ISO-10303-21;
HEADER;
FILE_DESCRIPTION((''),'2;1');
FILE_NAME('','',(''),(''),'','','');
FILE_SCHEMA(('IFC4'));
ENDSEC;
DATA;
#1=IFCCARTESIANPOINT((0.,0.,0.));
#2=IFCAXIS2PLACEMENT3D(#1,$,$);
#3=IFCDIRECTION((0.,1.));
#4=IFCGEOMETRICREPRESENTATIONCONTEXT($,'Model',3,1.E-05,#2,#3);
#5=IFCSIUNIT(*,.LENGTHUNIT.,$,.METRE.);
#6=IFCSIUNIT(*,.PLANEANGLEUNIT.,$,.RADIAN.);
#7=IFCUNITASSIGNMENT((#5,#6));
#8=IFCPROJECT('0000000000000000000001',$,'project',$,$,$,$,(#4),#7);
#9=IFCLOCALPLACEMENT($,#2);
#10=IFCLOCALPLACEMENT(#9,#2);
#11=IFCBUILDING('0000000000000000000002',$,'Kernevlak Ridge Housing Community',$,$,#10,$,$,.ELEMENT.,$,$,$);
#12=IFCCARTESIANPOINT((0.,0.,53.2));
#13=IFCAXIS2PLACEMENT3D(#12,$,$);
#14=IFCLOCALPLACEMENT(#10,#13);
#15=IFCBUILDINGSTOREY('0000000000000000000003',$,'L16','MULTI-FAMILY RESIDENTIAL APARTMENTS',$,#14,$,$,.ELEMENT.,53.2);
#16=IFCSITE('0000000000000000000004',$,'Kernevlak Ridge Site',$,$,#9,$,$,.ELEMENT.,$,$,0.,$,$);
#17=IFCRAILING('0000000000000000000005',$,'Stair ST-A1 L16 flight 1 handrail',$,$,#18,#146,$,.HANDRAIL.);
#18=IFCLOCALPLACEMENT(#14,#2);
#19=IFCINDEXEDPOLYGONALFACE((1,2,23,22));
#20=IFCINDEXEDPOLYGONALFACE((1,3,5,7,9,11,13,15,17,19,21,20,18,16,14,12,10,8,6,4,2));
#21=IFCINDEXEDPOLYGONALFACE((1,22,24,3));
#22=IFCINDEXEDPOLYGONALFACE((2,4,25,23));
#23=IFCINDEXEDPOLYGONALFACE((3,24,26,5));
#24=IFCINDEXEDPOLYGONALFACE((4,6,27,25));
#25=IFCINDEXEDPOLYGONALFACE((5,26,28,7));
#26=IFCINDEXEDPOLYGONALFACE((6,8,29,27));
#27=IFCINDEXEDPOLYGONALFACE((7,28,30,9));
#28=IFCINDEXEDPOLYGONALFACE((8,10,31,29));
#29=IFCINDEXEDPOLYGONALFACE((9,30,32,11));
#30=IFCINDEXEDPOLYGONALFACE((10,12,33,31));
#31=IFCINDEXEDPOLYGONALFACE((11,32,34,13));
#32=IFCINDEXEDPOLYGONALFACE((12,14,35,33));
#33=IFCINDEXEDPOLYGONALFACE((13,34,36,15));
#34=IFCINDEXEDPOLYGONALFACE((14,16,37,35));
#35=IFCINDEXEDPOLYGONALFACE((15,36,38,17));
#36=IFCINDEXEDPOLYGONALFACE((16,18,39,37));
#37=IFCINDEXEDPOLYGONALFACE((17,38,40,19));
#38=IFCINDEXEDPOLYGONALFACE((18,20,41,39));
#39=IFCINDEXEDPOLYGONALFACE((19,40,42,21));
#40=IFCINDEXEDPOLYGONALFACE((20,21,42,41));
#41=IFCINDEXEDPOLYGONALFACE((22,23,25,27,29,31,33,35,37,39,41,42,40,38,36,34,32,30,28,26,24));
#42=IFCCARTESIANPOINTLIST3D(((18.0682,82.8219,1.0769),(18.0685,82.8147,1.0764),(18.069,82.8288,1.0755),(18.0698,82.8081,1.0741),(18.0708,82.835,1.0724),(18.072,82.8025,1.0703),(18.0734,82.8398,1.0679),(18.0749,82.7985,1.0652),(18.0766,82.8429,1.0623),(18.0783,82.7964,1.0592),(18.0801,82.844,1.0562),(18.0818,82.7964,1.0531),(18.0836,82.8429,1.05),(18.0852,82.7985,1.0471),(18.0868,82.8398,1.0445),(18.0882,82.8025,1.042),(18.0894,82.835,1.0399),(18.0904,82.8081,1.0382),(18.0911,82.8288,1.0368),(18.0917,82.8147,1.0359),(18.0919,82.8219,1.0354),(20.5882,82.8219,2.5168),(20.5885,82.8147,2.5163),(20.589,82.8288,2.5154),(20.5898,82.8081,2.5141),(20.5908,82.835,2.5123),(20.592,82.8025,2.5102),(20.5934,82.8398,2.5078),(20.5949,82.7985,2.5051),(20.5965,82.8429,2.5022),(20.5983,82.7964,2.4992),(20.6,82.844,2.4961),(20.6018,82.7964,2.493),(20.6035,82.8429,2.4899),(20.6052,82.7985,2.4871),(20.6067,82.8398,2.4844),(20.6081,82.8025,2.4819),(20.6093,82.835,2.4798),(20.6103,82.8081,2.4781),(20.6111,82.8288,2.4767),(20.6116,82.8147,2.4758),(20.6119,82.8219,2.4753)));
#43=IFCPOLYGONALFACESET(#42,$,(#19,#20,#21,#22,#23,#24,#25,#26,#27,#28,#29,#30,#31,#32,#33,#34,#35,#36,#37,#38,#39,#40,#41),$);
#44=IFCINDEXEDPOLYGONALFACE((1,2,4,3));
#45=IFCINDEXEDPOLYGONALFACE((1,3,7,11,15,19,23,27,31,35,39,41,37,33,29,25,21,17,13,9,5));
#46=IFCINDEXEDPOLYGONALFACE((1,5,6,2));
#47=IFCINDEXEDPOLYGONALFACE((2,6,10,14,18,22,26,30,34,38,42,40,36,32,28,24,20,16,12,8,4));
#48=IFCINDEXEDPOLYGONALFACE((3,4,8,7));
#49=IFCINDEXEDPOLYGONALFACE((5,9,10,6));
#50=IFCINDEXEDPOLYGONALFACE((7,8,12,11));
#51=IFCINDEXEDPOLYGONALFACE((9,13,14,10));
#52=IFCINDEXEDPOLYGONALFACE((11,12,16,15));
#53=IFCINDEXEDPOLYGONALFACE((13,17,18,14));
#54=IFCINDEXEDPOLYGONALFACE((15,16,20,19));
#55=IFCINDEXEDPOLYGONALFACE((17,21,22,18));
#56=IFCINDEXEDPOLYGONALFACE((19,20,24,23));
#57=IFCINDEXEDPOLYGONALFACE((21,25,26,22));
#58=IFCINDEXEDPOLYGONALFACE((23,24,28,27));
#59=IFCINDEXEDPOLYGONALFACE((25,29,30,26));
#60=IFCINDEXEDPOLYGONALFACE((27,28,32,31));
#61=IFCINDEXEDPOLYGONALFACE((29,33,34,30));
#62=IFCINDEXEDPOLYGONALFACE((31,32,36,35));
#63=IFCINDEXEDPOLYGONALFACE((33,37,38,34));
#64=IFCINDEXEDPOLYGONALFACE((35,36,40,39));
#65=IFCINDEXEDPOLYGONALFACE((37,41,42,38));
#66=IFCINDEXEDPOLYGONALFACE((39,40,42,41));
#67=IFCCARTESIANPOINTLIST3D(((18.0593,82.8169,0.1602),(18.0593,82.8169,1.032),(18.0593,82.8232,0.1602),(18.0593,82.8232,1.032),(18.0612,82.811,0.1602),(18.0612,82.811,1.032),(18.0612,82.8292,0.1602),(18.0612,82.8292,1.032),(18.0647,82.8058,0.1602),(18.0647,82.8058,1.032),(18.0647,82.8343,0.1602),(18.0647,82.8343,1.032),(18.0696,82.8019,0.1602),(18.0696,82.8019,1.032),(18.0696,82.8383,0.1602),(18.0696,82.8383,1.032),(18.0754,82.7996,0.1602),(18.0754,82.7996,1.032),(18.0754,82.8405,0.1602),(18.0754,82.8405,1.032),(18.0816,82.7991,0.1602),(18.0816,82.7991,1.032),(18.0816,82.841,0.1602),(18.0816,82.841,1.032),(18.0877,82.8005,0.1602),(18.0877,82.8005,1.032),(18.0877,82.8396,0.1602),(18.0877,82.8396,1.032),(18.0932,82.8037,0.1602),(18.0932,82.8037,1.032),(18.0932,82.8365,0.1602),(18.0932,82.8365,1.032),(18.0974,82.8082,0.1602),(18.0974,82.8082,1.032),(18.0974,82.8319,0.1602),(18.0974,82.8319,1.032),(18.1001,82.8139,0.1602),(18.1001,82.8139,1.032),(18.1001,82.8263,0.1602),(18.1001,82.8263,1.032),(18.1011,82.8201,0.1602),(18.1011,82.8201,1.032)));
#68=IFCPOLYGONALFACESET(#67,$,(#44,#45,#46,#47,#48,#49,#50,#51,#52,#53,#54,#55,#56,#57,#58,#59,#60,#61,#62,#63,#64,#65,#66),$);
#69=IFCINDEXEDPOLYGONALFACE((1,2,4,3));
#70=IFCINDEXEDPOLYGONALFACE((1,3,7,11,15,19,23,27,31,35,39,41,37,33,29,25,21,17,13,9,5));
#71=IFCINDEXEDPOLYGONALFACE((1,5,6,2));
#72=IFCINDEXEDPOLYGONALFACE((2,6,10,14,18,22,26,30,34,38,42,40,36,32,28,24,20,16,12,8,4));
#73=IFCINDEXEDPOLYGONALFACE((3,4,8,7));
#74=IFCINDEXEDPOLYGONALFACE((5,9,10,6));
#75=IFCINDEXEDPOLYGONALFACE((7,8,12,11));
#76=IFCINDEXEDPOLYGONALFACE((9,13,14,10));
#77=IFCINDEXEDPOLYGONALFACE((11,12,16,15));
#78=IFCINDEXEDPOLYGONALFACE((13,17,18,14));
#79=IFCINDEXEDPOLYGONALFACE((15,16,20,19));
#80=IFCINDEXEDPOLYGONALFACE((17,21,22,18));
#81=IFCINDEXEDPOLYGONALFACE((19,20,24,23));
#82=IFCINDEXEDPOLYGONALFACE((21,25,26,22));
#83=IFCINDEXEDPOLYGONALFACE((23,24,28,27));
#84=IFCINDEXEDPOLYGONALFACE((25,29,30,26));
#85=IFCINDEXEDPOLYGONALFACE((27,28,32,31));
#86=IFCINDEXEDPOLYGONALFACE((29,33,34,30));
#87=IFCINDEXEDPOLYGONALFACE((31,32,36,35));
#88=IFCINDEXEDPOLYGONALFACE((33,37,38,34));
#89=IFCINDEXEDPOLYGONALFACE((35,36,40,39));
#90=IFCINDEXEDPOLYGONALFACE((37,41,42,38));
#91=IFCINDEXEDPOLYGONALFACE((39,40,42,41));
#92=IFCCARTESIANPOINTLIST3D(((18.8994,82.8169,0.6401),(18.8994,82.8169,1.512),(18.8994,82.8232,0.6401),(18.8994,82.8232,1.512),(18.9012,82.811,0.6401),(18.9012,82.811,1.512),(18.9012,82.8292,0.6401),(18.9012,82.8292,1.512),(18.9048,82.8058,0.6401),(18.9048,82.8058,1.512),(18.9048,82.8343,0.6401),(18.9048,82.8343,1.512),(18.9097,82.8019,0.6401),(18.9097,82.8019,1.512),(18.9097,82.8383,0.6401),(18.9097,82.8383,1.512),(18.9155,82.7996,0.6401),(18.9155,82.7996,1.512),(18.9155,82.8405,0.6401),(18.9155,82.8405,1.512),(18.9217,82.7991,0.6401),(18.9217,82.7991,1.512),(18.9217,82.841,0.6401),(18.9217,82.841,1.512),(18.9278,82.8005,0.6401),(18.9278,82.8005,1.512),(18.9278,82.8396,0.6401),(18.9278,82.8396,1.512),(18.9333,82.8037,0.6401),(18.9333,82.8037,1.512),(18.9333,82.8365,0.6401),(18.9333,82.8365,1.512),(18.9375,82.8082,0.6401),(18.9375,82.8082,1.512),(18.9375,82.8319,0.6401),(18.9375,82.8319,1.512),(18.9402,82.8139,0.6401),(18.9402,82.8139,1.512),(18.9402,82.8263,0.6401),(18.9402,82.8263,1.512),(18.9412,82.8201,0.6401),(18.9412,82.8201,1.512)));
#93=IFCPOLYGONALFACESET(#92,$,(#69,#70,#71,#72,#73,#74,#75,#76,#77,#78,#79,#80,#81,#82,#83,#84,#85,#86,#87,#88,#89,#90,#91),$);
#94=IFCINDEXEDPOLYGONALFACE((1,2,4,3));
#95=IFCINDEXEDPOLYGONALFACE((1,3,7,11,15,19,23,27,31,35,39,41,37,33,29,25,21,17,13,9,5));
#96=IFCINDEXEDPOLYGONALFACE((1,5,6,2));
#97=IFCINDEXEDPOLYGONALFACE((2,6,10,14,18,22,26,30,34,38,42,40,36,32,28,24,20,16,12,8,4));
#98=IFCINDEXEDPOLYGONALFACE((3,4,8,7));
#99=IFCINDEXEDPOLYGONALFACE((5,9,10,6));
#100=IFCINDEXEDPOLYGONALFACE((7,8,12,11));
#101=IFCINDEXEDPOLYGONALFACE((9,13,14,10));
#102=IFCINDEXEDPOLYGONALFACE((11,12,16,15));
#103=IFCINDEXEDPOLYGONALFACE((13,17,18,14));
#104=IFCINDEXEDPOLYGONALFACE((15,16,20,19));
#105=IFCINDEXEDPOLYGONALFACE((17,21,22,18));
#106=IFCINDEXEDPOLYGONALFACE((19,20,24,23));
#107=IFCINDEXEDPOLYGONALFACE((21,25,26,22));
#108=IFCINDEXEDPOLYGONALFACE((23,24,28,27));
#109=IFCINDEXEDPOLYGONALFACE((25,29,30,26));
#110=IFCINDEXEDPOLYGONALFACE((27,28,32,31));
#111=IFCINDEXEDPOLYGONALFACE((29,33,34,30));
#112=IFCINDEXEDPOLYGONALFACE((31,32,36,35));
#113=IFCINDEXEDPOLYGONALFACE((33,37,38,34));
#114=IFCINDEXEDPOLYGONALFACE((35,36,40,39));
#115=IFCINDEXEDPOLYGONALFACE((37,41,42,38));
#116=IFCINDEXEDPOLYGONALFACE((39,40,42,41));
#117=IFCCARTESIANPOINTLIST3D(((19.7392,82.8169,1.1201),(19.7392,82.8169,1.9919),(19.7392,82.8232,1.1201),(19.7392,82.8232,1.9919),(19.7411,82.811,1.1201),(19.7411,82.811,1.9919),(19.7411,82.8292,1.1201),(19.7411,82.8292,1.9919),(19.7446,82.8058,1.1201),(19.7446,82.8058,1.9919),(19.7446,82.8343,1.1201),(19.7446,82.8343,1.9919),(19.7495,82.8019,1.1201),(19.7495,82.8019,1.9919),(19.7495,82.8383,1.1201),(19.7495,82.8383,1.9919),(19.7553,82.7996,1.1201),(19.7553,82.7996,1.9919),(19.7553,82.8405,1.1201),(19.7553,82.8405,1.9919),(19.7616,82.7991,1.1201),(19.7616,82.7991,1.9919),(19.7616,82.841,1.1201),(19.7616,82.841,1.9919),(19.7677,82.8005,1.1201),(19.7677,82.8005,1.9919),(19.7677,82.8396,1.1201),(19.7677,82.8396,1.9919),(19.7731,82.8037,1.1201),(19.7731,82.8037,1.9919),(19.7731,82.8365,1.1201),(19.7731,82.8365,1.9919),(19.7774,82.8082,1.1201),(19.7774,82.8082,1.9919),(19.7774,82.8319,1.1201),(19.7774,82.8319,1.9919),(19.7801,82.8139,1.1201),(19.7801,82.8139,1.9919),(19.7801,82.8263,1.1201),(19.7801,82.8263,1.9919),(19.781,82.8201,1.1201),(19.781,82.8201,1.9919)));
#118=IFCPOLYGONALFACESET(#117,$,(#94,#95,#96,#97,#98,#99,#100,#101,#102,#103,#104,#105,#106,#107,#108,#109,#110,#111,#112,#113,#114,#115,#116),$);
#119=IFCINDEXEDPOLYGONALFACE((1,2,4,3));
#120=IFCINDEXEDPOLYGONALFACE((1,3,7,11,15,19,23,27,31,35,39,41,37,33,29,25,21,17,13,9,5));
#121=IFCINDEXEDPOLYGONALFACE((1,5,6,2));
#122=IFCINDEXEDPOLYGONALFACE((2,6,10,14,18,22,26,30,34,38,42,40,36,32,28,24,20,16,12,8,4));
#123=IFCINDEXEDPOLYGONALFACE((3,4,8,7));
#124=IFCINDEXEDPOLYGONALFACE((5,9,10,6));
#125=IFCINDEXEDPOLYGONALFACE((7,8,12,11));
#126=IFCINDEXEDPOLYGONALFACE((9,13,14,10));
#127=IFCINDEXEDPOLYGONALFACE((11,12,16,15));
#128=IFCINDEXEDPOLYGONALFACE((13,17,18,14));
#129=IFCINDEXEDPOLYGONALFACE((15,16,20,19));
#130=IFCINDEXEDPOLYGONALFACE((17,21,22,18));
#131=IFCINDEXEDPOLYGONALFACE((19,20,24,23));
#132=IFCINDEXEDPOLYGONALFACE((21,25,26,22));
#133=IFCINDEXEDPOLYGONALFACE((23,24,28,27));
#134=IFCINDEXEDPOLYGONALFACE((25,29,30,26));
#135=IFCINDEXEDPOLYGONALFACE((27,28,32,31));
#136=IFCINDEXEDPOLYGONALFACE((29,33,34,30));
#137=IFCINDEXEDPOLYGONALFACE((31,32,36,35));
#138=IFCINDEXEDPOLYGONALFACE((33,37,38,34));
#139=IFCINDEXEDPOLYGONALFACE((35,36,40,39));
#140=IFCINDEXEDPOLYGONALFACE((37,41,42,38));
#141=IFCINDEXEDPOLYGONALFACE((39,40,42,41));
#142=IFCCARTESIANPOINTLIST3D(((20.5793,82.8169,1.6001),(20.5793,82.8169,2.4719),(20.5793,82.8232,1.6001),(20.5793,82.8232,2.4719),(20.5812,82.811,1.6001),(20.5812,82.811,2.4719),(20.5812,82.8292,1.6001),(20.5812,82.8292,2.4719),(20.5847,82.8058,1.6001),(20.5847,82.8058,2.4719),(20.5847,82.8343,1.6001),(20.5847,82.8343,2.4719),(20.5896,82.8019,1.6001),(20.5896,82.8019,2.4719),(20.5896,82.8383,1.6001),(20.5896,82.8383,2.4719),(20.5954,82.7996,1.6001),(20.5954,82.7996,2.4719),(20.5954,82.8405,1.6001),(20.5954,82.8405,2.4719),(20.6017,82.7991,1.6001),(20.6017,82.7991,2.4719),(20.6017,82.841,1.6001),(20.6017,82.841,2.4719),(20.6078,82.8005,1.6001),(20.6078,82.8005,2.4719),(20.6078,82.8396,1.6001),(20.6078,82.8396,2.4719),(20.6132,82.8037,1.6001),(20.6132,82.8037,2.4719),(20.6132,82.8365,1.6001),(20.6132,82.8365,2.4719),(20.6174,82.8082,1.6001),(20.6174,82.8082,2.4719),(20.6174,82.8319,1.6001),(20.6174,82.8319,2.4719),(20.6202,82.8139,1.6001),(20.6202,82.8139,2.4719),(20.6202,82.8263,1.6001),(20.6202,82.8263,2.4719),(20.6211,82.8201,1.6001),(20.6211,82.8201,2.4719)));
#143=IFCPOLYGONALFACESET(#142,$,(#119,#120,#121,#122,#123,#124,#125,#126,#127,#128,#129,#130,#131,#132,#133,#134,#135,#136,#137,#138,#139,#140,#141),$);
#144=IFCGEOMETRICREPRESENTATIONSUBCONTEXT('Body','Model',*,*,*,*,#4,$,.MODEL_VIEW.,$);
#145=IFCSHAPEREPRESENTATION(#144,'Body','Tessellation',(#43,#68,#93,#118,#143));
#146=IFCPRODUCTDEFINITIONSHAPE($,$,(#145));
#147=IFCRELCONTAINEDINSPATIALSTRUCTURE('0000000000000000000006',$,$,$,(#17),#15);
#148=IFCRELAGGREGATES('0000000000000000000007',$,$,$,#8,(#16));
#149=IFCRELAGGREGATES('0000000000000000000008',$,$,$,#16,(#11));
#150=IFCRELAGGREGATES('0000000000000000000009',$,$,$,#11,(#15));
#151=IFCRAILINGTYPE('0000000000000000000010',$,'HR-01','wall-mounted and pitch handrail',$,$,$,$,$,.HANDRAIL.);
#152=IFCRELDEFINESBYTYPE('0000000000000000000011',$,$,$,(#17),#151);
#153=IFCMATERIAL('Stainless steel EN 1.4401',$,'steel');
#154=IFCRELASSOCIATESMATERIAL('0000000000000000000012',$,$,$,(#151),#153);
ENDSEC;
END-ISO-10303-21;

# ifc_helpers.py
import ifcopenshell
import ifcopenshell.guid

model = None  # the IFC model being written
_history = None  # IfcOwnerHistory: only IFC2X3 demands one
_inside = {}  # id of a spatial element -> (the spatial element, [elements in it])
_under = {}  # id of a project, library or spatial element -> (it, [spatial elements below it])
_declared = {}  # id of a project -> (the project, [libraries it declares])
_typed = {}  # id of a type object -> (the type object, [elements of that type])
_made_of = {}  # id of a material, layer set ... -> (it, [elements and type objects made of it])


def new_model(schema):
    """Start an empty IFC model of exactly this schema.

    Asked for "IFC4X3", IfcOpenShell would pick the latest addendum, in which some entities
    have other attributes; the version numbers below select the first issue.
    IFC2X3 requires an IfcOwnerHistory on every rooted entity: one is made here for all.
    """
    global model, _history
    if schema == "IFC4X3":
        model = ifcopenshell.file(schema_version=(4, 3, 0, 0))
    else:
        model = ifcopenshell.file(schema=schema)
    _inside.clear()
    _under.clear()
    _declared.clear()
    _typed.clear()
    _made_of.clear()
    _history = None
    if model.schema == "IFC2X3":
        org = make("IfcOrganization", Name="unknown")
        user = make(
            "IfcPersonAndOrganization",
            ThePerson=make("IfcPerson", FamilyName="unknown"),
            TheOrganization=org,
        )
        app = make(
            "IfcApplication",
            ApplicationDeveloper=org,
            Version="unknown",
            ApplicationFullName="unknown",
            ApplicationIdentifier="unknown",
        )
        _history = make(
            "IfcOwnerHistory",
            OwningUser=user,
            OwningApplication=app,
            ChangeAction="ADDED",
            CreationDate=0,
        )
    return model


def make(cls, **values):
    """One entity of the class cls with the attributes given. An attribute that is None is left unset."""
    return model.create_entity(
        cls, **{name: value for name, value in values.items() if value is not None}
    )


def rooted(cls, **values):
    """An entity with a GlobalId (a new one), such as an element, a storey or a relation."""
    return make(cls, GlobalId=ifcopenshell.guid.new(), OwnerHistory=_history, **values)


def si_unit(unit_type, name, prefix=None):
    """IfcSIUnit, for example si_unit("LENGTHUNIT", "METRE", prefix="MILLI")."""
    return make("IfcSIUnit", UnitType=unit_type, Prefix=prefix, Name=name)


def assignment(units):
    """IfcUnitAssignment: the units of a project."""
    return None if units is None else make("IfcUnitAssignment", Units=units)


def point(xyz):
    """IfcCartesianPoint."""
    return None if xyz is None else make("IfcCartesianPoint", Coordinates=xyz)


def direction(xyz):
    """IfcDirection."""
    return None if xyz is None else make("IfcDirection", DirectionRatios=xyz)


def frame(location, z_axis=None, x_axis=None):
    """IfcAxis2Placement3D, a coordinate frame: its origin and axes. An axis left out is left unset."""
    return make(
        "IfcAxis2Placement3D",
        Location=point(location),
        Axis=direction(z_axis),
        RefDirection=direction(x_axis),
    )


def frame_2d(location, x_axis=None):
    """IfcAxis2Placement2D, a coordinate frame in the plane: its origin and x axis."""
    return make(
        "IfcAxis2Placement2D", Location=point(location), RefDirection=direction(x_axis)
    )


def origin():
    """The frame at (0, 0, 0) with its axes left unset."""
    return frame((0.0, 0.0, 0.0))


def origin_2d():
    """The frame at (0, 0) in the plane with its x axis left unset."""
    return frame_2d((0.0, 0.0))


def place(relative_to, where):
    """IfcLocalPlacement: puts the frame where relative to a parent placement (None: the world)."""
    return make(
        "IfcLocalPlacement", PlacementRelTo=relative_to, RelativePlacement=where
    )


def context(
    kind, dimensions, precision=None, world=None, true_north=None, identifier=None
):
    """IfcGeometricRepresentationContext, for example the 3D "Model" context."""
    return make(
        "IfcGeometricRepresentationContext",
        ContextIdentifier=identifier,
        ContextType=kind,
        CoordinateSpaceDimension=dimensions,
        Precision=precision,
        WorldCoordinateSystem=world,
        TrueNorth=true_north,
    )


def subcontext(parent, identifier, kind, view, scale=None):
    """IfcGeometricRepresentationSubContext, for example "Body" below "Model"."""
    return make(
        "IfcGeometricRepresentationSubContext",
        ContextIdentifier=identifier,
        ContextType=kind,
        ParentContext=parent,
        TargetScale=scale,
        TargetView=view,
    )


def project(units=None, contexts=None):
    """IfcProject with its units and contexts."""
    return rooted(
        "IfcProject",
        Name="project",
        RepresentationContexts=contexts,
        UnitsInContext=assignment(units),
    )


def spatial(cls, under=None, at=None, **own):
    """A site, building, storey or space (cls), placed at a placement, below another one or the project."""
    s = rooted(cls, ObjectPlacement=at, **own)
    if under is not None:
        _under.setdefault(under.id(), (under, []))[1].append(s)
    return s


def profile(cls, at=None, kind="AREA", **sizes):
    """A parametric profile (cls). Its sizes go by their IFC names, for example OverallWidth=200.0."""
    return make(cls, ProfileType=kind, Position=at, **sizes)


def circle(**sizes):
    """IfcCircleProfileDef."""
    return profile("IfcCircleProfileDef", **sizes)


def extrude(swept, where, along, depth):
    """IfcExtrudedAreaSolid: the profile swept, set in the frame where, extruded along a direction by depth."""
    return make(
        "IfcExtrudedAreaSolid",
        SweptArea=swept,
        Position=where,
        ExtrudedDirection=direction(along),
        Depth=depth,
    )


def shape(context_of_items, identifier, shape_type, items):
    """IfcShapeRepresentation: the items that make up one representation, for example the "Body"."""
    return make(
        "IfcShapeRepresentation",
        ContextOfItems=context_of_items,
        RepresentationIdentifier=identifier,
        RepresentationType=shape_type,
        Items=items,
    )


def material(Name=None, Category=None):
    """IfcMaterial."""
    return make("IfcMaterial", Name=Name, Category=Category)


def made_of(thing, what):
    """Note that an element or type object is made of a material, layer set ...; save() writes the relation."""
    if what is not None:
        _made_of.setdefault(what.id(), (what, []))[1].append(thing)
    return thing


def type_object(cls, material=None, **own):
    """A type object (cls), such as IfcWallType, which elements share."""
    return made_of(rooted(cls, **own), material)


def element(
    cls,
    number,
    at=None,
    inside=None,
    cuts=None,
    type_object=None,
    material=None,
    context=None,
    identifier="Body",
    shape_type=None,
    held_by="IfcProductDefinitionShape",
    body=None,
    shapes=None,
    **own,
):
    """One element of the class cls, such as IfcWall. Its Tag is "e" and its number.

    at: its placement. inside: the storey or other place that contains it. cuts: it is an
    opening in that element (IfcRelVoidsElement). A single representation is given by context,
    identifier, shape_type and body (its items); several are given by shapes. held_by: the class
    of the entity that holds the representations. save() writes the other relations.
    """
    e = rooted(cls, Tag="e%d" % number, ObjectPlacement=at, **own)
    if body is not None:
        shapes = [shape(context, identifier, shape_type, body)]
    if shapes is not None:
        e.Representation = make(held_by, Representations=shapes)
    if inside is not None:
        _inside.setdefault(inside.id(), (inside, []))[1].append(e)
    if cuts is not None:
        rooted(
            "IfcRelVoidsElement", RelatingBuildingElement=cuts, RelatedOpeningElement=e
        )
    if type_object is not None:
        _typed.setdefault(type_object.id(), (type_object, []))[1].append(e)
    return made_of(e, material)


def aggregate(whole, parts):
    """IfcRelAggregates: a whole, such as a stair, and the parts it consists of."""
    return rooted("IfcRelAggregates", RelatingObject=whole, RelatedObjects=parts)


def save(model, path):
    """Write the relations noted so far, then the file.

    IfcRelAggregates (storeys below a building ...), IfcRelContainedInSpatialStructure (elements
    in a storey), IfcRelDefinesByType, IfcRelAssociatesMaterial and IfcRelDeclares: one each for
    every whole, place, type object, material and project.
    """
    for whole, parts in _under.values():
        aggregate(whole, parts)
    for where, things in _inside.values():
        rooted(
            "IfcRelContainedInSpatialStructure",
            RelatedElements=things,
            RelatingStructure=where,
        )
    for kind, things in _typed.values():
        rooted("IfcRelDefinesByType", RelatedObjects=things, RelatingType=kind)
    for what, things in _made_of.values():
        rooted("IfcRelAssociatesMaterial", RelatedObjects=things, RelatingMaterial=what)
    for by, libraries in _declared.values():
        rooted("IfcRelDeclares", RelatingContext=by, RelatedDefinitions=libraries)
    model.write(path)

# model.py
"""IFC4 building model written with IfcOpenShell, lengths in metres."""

from ifc_helpers import new_model, si_unit, direction, frame, origin, origin_2d, place, context, subcontext, project, spatial, circle, extrude, material, type_object, element, save


model = new_model("IFC4")

# Units and contexts
model_context = context("Model", 3, precision=1e-05, world=origin(), true_north=direction((0.0, 1.0)))
body_context = subcontext(model_context, "Body", "Model", "MODEL_VIEW")
ifc_project = project(units=[si_unit("LENGTHUNIT", "METRE"), si_unit("PLANEANGLEUNIT", "RADIAN")], contexts=[model_context])

# Site, building, storey
site_placement = place(None, origin())
site = spatial("IfcSite", under=ifc_project, at=site_placement, Name="Kernevlak Ridge Site", CompositionType="ELEMENT", RefElevation=0.0)
building_placement = place(site_placement, origin())
building = spatial("IfcBuilding", under=site, at=building_placement, Name="Kernevlak Ridge Housing Community", CompositionType="ELEMENT")
storey_placement = place(building_placement, frame((0.0, 0.0, 53.2)))
storey = spatial("IfcBuildingStorey", under=building, at=storey_placement, Name="L16", Description="MULTI-FAMILY RESIDENTIAL APARTMENTS", CompositionType="ELEMENT", Elevation=53.2)

# Shared definitions
ifc_material_1 = material(Name="Stainless steel EN 1.4401", Category="steel")

# Railing
railing_type_1 = type_object("IfcRailingType", Name="HR-01", Description="wall-mounted and pitch handrail", PredefinedType="HANDRAIL", material=ifc_material_1)
railing_1_placement = place(storey_placement, frame((18.0801, 82.8201, 0.1602)))
element("IfcRailing", 1, at=railing_1_placement, inside=storey, type_object=railing_type_1, Name="Stair ST-A1 L16 flight 1 handrail", PredefinedType="HANDRAIL", context=body_context, shape_type="SweptSolid", body=[
    extrude(circle(Radius=0.0239, at=origin_2d()), frame((0.0, 0.0, 0.896), z_axis=(0.868253, 0.0, 0.496121), x_axis=(0.0, 1.0, 0.0)), (0.0, 0.0, 1.0), 2.9023),
    extrude(circle(Radius=0.021, at=origin_2d()), origin(), (0.0, 0.0, 1.0), 0.8718),
    extrude(circle(Radius=0.021, at=origin_2d()), frame((0.8401, 0.0, 0.48)), (0.0, 0.0, 1.0), 0.8718),
    extrude(circle(Radius=0.021, at=origin_2d()), frame((1.6799, 0.0, 0.96)), (0.0, 0.0, 1.0), 0.8718),
    extrude(circle(Radius=0.021, at=origin_2d()), frame((2.52, 0.0, 1.4399)), (0.0, 0.0, 1.0), 0.8718),
])

save(model, "model.ifc")
